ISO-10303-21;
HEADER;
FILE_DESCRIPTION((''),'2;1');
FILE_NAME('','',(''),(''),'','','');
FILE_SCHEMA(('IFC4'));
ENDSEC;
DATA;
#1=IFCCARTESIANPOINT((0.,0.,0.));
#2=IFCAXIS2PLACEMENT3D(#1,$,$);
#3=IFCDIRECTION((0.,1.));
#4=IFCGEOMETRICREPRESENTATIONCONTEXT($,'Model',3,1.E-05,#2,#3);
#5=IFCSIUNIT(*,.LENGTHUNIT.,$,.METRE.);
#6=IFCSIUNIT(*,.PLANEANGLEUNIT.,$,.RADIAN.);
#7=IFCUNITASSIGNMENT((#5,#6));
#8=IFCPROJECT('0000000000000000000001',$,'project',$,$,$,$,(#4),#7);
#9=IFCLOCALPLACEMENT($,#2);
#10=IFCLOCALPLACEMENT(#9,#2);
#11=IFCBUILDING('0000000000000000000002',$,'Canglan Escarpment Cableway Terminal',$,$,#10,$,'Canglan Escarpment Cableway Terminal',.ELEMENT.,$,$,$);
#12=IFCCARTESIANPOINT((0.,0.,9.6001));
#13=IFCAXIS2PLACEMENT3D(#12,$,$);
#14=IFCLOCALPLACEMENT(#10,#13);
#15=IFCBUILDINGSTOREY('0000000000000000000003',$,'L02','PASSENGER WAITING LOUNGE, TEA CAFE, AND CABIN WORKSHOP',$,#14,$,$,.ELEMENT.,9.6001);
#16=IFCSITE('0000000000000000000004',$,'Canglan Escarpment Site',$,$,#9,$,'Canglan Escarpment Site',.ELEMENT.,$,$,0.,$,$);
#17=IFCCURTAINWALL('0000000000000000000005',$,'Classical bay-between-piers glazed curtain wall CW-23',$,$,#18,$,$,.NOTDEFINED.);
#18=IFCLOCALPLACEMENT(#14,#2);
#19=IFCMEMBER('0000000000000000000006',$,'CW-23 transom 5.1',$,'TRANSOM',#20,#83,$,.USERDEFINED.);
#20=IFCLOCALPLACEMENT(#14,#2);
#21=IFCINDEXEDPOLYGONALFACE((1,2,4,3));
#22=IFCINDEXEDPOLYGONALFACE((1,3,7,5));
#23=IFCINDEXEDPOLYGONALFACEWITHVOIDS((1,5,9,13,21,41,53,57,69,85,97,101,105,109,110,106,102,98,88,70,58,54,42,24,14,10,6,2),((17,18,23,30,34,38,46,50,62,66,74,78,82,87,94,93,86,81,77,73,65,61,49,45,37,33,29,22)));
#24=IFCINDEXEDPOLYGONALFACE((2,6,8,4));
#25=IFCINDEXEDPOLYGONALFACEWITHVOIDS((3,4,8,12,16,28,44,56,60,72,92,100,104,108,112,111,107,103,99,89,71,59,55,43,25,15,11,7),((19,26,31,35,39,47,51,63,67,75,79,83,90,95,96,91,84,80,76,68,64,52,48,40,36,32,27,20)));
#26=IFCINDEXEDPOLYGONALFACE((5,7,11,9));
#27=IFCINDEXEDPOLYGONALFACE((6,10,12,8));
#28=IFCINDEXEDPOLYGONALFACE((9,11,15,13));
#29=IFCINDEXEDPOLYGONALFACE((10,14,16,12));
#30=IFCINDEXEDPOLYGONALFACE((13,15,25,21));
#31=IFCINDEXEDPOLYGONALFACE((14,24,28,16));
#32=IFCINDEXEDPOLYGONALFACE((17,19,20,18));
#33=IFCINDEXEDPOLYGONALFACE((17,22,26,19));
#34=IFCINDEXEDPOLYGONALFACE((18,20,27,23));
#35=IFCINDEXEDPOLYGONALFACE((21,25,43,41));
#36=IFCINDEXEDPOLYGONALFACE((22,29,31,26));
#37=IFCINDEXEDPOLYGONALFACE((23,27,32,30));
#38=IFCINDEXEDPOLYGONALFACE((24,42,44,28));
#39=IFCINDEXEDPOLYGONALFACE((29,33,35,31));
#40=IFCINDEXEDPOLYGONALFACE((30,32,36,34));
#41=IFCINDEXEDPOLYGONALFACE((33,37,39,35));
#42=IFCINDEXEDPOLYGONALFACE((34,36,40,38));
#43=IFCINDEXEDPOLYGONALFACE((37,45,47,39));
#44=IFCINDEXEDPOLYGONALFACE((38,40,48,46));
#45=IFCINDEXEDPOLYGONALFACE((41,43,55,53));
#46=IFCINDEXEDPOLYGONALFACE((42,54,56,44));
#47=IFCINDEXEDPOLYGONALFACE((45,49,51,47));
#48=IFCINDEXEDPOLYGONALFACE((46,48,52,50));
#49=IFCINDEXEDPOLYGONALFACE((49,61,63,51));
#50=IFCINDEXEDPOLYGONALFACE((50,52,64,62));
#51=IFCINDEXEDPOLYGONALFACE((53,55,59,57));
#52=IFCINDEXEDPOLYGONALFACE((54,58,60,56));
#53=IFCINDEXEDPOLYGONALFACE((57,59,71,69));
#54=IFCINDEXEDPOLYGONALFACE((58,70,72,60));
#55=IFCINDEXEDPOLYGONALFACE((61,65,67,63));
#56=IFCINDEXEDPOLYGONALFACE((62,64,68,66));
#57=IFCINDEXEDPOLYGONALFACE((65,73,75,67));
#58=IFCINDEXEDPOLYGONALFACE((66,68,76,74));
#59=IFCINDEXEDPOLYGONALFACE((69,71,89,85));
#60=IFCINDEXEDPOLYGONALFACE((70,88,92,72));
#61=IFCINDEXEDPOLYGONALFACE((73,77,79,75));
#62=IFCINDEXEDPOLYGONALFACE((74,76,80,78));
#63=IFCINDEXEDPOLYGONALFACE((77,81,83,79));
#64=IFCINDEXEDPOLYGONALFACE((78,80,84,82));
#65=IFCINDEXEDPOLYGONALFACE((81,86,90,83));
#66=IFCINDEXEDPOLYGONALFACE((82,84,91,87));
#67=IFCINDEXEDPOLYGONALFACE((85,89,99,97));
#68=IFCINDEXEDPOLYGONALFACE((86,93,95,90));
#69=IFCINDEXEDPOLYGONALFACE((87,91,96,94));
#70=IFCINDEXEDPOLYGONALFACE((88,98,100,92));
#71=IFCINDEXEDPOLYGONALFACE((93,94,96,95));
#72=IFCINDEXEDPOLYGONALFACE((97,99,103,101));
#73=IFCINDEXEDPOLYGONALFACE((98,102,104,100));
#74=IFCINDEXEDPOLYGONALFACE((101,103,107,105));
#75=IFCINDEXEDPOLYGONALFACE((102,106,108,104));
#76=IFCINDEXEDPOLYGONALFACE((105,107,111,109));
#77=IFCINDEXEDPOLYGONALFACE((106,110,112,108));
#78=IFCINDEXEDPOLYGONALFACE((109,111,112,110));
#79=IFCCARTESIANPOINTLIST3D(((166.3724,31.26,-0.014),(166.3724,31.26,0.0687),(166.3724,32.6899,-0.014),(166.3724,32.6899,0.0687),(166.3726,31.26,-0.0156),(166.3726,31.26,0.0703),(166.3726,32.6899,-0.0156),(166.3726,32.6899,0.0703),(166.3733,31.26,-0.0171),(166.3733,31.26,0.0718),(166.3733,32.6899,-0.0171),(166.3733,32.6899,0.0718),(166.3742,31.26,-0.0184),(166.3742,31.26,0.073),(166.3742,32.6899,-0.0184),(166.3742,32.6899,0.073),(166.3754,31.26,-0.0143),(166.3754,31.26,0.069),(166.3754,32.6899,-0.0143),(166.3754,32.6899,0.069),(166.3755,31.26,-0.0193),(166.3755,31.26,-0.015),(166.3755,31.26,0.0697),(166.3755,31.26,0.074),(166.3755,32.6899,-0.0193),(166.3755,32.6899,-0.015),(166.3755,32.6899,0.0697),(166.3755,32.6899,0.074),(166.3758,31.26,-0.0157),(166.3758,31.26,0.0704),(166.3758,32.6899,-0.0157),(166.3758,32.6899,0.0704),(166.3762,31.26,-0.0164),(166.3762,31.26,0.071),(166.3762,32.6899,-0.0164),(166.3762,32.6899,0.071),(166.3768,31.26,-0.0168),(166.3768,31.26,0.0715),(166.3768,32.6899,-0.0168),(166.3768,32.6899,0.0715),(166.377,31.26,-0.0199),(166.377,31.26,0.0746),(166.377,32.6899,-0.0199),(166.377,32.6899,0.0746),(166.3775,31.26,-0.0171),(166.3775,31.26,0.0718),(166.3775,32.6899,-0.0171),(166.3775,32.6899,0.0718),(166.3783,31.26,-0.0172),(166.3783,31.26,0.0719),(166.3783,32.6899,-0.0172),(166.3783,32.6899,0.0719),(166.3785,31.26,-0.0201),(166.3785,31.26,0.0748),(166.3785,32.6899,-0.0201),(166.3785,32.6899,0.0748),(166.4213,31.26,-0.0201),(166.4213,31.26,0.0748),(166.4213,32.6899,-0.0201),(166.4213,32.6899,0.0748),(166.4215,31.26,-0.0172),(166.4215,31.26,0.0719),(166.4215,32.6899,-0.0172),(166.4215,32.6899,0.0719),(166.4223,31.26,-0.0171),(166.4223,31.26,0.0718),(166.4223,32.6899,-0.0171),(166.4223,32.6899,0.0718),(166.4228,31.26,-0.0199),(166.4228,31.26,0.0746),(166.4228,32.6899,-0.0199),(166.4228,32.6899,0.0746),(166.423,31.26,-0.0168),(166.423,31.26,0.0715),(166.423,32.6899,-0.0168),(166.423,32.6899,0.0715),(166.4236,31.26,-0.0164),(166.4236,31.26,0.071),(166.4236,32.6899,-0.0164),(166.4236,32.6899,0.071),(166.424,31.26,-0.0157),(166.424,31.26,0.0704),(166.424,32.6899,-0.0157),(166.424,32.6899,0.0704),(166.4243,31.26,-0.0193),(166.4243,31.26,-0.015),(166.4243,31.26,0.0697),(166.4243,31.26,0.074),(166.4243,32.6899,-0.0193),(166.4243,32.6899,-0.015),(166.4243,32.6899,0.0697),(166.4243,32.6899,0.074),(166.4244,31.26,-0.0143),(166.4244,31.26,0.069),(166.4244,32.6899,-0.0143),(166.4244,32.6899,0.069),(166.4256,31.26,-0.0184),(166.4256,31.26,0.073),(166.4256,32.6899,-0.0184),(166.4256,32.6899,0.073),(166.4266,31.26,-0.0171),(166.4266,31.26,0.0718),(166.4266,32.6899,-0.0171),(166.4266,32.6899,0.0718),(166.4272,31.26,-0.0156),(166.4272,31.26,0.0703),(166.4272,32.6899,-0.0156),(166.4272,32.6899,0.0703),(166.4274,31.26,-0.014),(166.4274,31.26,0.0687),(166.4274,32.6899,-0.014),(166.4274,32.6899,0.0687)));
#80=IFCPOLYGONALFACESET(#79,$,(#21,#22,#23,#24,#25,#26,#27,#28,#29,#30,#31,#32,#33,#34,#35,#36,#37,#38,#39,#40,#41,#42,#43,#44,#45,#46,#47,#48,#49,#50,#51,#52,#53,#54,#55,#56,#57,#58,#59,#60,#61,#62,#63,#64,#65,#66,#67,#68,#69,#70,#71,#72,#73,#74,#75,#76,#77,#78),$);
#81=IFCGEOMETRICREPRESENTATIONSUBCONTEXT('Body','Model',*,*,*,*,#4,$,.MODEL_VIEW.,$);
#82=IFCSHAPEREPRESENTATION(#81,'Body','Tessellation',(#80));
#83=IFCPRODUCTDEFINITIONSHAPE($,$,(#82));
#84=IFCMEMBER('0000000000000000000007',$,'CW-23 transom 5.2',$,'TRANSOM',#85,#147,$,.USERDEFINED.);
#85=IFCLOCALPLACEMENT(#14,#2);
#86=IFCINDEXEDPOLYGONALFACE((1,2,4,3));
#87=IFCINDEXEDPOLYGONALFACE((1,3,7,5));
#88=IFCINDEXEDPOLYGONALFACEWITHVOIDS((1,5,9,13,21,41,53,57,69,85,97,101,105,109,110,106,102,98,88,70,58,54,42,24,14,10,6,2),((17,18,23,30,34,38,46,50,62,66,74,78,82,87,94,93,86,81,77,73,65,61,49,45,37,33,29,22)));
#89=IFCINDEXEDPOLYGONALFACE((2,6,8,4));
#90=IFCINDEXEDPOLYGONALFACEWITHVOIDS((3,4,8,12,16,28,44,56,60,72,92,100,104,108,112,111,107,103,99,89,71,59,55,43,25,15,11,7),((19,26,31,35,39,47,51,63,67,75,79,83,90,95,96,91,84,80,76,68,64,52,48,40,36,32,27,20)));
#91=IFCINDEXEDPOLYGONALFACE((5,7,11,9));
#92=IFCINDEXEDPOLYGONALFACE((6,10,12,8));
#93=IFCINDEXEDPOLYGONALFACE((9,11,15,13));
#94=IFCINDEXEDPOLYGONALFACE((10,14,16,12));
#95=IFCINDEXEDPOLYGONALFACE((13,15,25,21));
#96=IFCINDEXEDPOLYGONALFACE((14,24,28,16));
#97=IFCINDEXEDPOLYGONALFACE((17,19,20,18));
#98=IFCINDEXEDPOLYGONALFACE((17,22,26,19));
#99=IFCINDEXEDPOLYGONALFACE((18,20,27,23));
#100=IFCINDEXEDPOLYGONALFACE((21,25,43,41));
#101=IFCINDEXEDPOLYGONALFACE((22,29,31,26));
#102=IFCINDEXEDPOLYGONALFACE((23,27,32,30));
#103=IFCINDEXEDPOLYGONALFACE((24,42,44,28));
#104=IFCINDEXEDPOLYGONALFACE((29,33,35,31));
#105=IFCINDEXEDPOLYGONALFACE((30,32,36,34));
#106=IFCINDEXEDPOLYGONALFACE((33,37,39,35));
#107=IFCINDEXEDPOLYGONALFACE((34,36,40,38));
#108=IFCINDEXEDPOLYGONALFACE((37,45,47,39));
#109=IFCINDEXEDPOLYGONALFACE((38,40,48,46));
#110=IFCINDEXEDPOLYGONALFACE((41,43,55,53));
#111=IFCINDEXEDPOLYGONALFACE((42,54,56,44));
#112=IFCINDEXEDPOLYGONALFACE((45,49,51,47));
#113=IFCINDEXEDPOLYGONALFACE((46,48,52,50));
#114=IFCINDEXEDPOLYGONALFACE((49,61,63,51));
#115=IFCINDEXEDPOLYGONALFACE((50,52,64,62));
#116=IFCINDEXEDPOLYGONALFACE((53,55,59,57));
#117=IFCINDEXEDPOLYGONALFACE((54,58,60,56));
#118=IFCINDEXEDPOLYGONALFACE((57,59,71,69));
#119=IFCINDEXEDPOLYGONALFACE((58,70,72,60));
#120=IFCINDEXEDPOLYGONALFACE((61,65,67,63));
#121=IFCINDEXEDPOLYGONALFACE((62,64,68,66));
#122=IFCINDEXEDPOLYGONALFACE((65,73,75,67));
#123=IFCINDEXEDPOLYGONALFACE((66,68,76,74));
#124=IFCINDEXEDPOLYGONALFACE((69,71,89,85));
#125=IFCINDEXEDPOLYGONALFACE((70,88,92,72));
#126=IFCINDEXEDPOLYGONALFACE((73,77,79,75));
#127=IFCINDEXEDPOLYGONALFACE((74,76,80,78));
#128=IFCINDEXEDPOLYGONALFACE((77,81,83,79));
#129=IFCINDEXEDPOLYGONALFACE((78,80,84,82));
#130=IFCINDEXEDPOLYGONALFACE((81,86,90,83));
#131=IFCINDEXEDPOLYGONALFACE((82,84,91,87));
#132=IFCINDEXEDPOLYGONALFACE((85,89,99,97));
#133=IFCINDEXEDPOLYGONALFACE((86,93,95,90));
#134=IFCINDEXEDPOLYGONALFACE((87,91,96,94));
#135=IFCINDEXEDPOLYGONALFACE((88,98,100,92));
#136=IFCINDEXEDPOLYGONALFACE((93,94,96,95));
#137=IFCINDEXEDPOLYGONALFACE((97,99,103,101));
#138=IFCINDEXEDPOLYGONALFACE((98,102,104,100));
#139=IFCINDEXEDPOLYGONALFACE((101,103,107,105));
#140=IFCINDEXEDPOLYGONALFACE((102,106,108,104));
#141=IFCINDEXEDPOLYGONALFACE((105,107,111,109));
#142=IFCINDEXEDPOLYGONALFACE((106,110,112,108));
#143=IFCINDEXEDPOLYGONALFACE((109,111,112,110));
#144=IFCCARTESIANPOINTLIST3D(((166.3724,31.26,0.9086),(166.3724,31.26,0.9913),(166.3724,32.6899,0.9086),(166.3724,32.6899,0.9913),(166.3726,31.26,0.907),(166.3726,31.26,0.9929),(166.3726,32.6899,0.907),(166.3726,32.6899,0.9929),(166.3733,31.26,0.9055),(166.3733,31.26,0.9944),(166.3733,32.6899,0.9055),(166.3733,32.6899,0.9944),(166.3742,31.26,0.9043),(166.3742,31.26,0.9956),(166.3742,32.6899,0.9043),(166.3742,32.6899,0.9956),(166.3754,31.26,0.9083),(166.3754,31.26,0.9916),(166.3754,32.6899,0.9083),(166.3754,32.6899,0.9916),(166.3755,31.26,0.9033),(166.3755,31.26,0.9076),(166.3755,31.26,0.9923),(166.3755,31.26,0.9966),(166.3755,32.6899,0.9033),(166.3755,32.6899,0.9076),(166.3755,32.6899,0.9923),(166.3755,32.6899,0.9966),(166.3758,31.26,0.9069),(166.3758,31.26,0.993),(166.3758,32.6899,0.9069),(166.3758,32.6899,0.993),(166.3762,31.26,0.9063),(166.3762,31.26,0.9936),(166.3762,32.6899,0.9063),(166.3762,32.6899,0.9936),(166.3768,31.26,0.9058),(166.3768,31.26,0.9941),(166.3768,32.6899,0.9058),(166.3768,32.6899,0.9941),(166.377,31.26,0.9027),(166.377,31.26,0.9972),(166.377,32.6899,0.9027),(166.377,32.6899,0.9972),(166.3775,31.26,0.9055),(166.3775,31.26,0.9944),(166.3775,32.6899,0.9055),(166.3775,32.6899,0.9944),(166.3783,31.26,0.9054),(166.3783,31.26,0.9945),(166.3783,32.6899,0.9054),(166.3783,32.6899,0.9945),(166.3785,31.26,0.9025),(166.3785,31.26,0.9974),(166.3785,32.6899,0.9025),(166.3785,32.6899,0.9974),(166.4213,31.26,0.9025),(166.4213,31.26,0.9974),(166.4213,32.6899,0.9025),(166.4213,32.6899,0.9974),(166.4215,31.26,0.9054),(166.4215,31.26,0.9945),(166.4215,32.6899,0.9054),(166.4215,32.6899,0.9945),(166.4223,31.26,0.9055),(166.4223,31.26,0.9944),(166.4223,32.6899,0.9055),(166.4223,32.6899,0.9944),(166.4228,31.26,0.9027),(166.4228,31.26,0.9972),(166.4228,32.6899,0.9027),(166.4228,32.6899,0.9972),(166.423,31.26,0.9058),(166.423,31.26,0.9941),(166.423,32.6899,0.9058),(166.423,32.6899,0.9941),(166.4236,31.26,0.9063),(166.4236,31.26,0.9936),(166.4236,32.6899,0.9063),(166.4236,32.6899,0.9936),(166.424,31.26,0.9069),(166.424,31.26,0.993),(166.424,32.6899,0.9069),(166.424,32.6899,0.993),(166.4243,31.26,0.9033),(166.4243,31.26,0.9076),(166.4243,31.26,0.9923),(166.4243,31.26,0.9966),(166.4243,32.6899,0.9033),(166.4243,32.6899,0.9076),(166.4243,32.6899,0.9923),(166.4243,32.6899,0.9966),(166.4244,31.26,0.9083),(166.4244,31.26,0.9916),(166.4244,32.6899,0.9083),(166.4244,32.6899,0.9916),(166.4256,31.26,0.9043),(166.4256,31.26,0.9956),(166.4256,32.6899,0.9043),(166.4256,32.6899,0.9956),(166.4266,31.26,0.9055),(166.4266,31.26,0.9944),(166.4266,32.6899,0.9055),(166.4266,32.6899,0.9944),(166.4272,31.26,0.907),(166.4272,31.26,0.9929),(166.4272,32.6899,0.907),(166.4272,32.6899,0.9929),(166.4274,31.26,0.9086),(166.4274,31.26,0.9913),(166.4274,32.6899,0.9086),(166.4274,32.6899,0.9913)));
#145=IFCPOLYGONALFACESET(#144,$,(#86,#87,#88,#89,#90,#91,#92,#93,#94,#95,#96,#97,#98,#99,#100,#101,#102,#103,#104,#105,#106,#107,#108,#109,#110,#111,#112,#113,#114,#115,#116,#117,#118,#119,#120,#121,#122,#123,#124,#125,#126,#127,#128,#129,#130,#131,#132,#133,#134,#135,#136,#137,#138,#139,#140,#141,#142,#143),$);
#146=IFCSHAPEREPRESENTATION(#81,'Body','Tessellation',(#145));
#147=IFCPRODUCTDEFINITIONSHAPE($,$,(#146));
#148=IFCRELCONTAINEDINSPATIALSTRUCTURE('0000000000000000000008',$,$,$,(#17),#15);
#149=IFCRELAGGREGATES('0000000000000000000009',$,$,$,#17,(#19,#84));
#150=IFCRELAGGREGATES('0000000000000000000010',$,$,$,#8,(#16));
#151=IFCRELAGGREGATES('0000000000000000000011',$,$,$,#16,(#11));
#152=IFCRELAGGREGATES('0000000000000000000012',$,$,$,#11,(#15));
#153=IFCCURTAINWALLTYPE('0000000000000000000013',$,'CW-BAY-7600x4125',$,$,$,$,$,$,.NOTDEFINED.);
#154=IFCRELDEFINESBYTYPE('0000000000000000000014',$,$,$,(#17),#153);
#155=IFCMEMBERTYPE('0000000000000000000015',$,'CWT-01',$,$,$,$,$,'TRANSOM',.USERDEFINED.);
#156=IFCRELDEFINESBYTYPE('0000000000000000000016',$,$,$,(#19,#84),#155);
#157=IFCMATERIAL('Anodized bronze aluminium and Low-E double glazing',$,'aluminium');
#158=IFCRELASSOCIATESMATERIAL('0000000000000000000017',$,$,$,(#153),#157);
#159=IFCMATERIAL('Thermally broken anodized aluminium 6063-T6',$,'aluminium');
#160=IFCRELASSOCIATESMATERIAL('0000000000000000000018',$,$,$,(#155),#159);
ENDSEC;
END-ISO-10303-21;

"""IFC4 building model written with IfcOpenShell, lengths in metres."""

from ifc_helpers import new_model, si_unit, direction, frame, origin, origin_2d, place, context, subcontext, project, spatial, hollow_rectangle, extrude, material, material_profile, profile_set, type_object, element, aggregate, save


model = new_model("IFC4")

# Units and contexts
model_context = context("Model", 3, precision=1e-05, world=origin(), true_north=direction((0.0, 1.0)))
body_context = subcontext(model_context, "Body", "Model", "MODEL_VIEW")
ifc_project = project(units=[si_unit("LENGTHUNIT", "METRE"), si_unit("PLANEANGLEUNIT", "RADIAN")], contexts=[model_context])

# Site, building, storey
site_placement = place(None, origin())
site = spatial("IfcSite", under=ifc_project, at=site_placement, Name="Canglan Escarpment Site", LongName="Canglan Escarpment Site", CompositionType="ELEMENT", RefElevation=0.0)
building_placement = place(site_placement, origin())
building = spatial("IfcBuilding", under=site, at=building_placement, Name="Canglan Escarpment Cableway Terminal", LongName="Canglan Escarpment Cableway Terminal", CompositionType="ELEMENT")
storey_placement = place(building_placement, frame((0.0, 0.0, 9.6001)))
storey = spatial("IfcBuildingStorey", under=building, at=storey_placement, Name="L02", Description="PASSENGER WAITING LOUNGE, TEA CAFE, AND CABIN WORKSHOP", CompositionType="ELEMENT", Elevation=9.6001)

# Curtain wall
ifc_material_1 = material(Name="Anodized bronze aluminium and Low-E double glazing", Category="aluminium")
curtain_wall_type_1 = type_object("IfcCurtainWallType", Name="CW-BAY-7600x4125", PredefinedType="NOTDEFINED", material=ifc_material_1)
curtain_wall_1_placement = place(storey_placement, origin())
curtain_wall_1 = element("IfcCurtainWall", 1, at=curtain_wall_1_placement, inside=storey, type_object=curtain_wall_type_1, Name="Classical bay-between-piers glazed curtain wall CW-23", PredefinedType="NOTDEFINED")
ifc_material_2 = material(Name="Thermally broken anodized aluminium 6063-T6", Category="aluminium")

# Members
ifc_material_profile_1 = material_profile(ifc_material_2, hollow_rectangle(XDim=0.0549, YDim=0.095, WallThickness=0.0029, InnerFilletRadius=0.0029, OuterFilletRadius=0.0061, at=origin_2d()), Name="ALU-TRAN 55x95x3")
ifc_profile_set_1 = profile_set([ifc_material_profile_1], Name="Thermally broken anodized aluminium 6063-T6")
member_type_1 = type_object("IfcMemberType", Name="CWT-01", ElementType="TRANSOM", PredefinedType="USERDEFINED", material=ifc_profile_set_1)
member_1_placement = place(storey_placement, frame((166.3999, 31.26, 0.0273), z_axis=(0.0, 1.0, 0.0), x_axis=(-1.0, 0.0, 0.0)))
member_1 = element("IfcMember", 2, at=member_1_placement, type_object=member_type_1, Name="CW-23 transom 5.1", ObjectType="TRANSOM", PredefinedType="USERDEFINED", context=body_context, shape_type="SweptSolid", body=[
    extrude(hollow_rectangle(XDim=0.0549, YDim=0.095, WallThickness=0.0029, InnerFilletRadius=0.0029, OuterFilletRadius=0.0061, at=origin_2d()), origin(), (0.0, 0.0, 1.0), 1.4299),
])
member_2_placement = place(storey_placement, frame((166.3999, 31.26, 0.95), z_axis=(0.0, 1.0, 0.0), x_axis=(-1.0, 0.0, 0.0)))
member_2 = element("IfcMember", 3, at=member_2_placement, type_object=member_type_1, Name="CW-23 transom 5.2", ObjectType="TRANSOM", PredefinedType="USERDEFINED", context=body_context, shape_type="SweptSolid", body=[
    extrude(hollow_rectangle(XDim=0.0549, YDim=0.095, WallThickness=0.0029, InnerFilletRadius=0.0029, OuterFilletRadius=0.0061, at=origin_2d()), origin(), (0.0, 0.0, 1.0), 1.4299),
])

aggregate(curtain_wall_1, [member_1, member_2])

save(model, "model.ifc")
